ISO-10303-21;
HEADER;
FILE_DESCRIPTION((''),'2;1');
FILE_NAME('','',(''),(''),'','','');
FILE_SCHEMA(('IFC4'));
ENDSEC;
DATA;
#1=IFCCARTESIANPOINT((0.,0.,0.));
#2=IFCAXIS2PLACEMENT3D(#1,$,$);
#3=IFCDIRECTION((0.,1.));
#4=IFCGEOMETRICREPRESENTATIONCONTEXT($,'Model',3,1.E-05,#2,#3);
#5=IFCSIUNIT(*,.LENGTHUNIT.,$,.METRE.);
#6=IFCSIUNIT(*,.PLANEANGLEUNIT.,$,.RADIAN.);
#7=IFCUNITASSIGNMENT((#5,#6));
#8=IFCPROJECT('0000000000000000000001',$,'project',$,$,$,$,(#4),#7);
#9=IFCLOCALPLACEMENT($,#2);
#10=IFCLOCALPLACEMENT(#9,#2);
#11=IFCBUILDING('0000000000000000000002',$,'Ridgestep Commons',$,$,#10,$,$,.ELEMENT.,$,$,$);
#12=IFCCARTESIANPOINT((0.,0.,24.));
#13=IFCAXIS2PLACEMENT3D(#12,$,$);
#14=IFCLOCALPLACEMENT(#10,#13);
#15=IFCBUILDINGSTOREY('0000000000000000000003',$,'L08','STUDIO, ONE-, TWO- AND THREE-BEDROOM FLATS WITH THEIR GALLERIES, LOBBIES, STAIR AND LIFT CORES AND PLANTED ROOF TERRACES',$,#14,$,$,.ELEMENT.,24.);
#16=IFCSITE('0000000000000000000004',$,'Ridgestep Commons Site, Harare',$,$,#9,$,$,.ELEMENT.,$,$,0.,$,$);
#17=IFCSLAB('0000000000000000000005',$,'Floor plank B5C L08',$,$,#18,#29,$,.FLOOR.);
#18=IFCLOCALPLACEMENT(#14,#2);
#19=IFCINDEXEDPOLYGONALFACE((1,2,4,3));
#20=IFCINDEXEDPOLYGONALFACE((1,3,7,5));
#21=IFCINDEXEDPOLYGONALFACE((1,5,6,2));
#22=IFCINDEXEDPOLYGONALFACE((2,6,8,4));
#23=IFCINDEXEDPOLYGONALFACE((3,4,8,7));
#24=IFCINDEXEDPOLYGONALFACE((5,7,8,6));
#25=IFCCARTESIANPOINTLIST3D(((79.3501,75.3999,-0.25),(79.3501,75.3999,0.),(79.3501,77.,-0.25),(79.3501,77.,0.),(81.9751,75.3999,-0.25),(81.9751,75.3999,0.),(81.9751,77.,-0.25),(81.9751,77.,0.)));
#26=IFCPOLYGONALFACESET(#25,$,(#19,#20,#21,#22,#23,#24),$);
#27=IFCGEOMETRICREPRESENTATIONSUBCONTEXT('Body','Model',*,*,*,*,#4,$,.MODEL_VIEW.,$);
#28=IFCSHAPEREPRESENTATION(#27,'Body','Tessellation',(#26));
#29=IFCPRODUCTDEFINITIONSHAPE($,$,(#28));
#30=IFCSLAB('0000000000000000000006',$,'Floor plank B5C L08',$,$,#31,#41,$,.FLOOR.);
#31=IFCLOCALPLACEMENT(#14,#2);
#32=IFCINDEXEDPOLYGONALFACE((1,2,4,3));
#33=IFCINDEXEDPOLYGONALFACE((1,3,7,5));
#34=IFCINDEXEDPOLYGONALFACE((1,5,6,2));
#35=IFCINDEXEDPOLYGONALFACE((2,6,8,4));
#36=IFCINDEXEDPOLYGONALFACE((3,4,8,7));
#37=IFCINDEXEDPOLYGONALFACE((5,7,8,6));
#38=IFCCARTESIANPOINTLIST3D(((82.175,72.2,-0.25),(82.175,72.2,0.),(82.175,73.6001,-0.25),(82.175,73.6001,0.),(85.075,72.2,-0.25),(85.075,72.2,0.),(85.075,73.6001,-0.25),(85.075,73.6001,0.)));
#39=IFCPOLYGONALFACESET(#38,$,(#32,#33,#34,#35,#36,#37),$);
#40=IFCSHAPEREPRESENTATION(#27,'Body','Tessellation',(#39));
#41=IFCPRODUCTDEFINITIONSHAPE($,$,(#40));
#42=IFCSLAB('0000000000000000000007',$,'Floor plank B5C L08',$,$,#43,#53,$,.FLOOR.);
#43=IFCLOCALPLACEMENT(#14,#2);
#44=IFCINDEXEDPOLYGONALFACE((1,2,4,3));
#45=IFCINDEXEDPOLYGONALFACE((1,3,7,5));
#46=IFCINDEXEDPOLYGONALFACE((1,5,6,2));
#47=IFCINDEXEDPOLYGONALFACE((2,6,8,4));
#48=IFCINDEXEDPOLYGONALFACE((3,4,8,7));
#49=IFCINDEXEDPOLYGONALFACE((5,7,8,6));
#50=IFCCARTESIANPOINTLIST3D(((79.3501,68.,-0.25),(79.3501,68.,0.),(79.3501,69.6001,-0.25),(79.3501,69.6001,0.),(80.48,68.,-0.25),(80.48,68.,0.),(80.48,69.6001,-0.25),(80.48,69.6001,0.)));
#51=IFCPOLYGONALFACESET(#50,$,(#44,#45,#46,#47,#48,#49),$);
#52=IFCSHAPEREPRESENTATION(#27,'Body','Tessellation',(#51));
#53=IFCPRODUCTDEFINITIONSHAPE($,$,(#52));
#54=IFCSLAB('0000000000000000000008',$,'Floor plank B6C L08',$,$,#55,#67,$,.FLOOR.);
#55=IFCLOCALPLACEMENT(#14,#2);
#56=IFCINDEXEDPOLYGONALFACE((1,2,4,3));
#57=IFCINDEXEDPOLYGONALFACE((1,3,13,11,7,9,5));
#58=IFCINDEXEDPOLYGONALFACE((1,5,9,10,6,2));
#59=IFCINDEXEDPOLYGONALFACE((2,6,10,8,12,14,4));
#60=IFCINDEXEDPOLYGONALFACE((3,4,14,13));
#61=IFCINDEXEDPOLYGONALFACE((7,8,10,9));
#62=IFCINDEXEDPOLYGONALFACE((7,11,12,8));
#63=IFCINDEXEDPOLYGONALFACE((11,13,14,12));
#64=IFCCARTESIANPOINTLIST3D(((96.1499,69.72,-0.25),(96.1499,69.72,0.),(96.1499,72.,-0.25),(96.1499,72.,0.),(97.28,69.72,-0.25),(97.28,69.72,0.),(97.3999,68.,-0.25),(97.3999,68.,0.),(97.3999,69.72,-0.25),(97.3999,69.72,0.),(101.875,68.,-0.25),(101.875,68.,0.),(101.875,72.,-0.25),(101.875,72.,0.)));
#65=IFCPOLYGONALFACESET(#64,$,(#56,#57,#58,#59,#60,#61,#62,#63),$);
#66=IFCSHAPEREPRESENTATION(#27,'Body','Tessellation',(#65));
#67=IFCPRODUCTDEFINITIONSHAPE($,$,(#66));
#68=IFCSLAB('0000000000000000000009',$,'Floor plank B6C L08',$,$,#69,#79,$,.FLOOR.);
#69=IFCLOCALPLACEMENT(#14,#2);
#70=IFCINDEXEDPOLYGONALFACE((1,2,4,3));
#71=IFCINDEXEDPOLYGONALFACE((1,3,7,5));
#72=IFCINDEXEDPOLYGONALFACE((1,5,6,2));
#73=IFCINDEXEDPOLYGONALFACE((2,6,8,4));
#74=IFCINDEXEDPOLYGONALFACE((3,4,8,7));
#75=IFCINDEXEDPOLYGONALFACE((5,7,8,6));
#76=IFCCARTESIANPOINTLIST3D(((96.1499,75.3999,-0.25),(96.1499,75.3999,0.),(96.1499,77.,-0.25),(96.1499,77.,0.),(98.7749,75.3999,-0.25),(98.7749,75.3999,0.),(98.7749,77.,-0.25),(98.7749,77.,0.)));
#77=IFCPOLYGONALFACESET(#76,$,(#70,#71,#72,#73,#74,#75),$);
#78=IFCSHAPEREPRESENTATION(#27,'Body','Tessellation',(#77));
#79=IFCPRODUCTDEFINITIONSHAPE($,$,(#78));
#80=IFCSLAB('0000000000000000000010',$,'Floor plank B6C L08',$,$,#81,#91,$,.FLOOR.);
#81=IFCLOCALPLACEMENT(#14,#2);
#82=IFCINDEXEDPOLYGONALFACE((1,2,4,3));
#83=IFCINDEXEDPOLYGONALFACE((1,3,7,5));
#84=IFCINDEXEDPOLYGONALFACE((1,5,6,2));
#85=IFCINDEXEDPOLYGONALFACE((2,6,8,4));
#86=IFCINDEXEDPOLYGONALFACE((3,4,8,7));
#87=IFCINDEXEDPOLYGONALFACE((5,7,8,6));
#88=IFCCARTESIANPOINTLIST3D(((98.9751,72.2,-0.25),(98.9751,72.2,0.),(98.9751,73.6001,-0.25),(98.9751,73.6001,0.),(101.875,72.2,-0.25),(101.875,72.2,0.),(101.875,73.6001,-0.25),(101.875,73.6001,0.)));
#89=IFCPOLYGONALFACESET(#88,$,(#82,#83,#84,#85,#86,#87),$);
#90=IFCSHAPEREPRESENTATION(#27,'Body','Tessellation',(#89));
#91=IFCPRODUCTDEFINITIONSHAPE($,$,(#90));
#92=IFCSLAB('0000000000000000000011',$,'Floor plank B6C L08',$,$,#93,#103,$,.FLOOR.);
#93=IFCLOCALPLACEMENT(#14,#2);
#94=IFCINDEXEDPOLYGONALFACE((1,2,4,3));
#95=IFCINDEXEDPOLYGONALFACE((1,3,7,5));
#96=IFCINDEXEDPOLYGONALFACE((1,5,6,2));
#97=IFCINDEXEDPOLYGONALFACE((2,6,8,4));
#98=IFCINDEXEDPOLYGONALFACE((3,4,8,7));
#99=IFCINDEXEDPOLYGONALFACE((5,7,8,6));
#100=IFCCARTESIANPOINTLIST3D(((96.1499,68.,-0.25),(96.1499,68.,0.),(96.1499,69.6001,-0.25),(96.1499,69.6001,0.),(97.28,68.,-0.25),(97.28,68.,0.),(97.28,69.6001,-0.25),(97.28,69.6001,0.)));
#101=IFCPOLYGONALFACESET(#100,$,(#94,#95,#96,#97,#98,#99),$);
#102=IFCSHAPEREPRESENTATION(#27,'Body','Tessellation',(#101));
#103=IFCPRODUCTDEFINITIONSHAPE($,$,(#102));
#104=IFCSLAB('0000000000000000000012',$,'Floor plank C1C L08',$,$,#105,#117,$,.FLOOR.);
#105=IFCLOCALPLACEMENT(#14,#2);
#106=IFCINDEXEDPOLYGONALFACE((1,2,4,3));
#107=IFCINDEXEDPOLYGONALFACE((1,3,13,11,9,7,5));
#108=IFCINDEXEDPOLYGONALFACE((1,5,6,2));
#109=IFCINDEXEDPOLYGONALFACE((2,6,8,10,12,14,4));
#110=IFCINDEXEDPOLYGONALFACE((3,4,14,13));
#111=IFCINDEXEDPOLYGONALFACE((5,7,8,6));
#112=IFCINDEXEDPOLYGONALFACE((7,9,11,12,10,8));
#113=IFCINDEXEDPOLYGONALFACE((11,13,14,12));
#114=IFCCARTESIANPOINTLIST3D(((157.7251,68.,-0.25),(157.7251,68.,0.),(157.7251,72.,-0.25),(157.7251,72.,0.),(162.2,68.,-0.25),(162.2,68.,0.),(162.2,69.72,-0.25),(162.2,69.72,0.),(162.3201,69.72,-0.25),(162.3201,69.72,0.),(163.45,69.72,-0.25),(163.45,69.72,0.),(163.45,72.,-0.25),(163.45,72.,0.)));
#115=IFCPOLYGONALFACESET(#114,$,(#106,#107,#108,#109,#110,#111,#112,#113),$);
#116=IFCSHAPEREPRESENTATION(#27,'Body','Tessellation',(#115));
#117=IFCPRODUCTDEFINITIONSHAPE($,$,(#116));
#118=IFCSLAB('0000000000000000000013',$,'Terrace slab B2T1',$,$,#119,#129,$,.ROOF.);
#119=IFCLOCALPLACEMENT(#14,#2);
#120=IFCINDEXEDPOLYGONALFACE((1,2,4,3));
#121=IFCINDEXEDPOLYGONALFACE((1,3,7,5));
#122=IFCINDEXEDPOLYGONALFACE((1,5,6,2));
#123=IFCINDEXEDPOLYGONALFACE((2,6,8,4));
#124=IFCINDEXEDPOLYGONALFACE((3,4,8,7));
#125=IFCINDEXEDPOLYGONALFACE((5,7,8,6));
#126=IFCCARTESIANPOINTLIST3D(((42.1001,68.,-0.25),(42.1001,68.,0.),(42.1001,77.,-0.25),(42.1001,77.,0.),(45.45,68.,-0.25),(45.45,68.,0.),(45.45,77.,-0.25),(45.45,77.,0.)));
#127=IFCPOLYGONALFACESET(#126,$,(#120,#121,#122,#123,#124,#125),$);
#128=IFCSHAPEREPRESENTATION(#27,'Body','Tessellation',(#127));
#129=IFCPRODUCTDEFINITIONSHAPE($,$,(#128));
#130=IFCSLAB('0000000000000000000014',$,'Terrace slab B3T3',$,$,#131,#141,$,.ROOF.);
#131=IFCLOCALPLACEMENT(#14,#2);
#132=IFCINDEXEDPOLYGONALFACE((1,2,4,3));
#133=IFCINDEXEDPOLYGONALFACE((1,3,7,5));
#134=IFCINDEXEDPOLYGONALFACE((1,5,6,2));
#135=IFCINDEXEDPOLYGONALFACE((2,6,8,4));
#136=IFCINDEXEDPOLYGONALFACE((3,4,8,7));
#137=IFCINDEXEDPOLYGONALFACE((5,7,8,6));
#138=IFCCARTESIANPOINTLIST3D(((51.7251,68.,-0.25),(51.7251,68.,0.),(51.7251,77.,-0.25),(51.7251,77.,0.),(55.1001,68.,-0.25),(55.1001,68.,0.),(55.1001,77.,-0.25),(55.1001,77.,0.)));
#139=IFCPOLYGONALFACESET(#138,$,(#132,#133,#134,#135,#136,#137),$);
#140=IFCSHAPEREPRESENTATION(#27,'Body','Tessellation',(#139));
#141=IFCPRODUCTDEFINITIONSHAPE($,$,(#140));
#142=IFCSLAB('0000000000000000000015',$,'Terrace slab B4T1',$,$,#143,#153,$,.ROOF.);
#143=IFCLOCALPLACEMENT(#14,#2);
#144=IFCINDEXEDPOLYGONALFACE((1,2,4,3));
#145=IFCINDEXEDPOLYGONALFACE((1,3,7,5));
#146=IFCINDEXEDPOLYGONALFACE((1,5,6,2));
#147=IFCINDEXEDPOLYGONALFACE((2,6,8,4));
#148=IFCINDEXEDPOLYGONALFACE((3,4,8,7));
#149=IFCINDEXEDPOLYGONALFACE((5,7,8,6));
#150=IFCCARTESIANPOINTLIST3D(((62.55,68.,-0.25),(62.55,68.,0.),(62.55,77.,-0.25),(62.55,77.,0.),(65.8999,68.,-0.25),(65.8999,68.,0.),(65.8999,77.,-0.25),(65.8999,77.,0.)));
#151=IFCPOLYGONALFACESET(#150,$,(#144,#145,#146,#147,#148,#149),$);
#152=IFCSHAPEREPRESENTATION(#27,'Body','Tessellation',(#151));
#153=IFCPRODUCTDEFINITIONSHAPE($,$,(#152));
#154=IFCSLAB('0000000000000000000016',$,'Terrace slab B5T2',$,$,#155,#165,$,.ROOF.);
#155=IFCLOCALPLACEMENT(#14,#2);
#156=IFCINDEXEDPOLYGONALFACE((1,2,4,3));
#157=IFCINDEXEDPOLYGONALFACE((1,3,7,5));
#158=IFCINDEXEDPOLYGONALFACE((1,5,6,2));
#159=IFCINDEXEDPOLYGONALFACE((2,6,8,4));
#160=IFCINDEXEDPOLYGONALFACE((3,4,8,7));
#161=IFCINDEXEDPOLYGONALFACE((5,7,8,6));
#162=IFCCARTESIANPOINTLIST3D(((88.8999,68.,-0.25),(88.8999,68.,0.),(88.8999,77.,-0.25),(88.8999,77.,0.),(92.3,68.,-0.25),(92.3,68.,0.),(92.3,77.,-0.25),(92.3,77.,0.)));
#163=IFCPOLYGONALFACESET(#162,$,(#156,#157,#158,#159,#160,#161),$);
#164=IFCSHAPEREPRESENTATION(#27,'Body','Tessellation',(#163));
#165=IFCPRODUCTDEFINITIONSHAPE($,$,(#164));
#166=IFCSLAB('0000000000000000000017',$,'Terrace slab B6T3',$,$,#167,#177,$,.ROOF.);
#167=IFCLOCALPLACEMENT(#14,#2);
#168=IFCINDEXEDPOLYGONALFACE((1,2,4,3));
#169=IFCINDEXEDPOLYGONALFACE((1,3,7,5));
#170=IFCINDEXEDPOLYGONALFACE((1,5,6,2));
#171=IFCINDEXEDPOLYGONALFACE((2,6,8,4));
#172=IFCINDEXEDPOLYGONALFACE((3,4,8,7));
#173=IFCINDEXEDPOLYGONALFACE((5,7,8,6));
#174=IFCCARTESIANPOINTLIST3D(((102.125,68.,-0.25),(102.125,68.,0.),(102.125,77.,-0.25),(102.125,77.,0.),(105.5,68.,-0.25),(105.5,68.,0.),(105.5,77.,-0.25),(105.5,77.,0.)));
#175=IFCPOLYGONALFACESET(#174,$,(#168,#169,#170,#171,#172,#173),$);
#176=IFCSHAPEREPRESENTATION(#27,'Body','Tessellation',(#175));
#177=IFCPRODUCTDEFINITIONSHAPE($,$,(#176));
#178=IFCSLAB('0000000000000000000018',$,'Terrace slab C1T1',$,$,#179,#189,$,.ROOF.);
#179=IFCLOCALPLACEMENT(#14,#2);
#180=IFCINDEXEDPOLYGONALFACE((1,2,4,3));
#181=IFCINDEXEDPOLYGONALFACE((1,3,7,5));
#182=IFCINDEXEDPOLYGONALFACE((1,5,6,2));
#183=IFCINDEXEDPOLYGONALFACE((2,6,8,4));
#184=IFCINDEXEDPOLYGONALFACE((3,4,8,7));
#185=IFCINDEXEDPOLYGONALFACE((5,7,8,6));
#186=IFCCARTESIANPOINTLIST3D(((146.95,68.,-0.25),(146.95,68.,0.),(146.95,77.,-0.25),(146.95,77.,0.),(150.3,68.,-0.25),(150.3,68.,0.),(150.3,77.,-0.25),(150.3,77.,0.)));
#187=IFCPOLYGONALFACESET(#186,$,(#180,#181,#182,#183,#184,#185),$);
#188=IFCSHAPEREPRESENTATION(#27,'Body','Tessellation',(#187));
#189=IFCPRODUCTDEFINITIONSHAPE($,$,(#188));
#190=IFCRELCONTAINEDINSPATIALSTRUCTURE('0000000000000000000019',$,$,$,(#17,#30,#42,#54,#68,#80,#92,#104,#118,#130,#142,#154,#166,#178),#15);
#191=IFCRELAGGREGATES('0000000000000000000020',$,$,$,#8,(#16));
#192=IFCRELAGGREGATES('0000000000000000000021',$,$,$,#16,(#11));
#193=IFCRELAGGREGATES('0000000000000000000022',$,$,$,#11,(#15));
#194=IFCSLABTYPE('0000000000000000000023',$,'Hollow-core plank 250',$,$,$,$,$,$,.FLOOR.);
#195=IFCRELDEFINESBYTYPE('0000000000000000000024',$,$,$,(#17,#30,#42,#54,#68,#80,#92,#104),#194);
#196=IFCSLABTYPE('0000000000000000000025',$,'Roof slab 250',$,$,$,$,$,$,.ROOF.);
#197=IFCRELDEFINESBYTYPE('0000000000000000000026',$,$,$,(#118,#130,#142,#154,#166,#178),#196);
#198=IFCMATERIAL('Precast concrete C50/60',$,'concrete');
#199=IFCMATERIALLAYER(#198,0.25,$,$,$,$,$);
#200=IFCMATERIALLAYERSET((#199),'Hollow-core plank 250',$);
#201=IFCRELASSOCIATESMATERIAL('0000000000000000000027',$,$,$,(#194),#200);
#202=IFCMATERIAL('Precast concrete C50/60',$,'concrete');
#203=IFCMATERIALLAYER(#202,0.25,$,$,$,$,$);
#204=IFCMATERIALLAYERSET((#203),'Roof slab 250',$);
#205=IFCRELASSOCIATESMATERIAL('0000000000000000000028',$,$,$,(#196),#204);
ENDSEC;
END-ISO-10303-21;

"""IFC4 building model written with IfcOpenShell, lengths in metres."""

from ifc_helpers import new_model, si_unit, direction, frame, origin, place, context, subcontext, project, spatial, polyline, outline, extrude, material, layer, layer_set, type_object, element, save


model = new_model("IFC4")

# Units and contexts
model_context = context("Model", 3, precision=1e-05, world=origin(), true_north=direction((0.0, 1.0)))
body_context = subcontext(model_context, "Body", "Model", "MODEL_VIEW")
ifc_project = project(units=[si_unit("LENGTHUNIT", "METRE"), si_unit("PLANEANGLEUNIT", "RADIAN")], contexts=[model_context])

# Site, building, storey
site_placement = place(None, origin())
site = spatial("IfcSite", under=ifc_project, at=site_placement, Name="Ridgestep Commons Site, Harare", CompositionType="ELEMENT", RefElevation=0.0)
building_placement = place(site_placement, origin())
building = spatial("IfcBuilding", under=site, at=building_placement, Name="Ridgestep Commons", CompositionType="ELEMENT")
storey_placement = place(building_placement, frame((0.0, 0.0, 24.0)))
storey = spatial("IfcBuildingStorey", under=building, at=storey_placement, Name="L08", Description="STUDIO, ONE-, TWO- AND THREE-BEDROOM FLATS WITH THEIR GALLERIES, LOBBIES, STAIR AND LIFT CORES AND PLANTED ROOF TERRACES", CompositionType="ELEMENT", Elevation=24.0)

# Slabs
ifc_material_1 = material(Name="Precast concrete C50/60", Category="concrete")
ifc_layer_1 = layer(ifc_material_1, 0.25)
ifc_layer_set_1 = layer_set([ifc_layer_1], Name="Hollow-core plank 250")
slab_type_1 = type_object("IfcSlabType", Name="Hollow-core plank 250", PredefinedType="FLOOR", material=ifc_layer_set_1)
slab_1_placement = place(storey_placement, frame((0.0, 0.0, -0.25)))
element("IfcSlab", 1, at=slab_1_placement, inside=storey, type_object=slab_type_1, Name="Floor plank B5C L08", PredefinedType="FLOOR", context=body_context, shape_type="SweptSolid", body=[
    extrude(outline(polyline([(81.9751, 77.0), (79.3501, 77.0), (79.3501, 75.3999), (81.9751, 75.3999), (81.9751, 77.0)])), origin(), (0.0, 0.0, 1.0), 0.25),
])
slab_2_placement = place(storey_placement, frame((0.0, 0.0, -0.25)))
element("IfcSlab", 2, at=slab_2_placement, inside=storey, type_object=slab_type_1, Name="Floor plank B5C L08", PredefinedType="FLOOR", context=body_context, shape_type="SweptSolid", body=[
    extrude(outline(polyline([(85.075, 72.2), (85.075, 73.6001), (82.175, 73.6001), (82.175, 72.2), (85.075, 72.2)])), origin(), (0.0, 0.0, 1.0), 0.25),
])
slab_3_placement = place(storey_placement, frame((0.0, 0.0, -0.25)))
element("IfcSlab", 3, at=slab_3_placement, inside=storey, type_object=slab_type_1, Name="Floor plank B5C L08", PredefinedType="FLOOR", context=body_context, shape_type="SweptSolid", body=[
    extrude(outline(polyline([(80.48, 69.6001), (79.3501, 69.6001), (79.3501, 68.0), (80.48, 68.0), (80.48, 69.6001)])), origin(), (0.0, 0.0, 1.0), 0.25),
])
slab_4_placement = place(storey_placement, frame((0.0, 0.0, -0.25)))
element("IfcSlab", 4, at=slab_4_placement, inside=storey, type_object=slab_type_1, Name="Floor plank B6C L08", PredefinedType="FLOOR", context=body_context, shape_type="SweptSolid", body=[
    extrude(outline(polyline([(97.3999, 68.0), (101.875, 68.0), (101.875, 72.0), (96.1499, 72.0), (96.1499, 69.72), (97.28, 69.72), (97.3999, 69.72), (97.3999, 68.0)])), origin(), (0.0, 0.0, 1.0), 0.25),
])
slab_5_placement = place(storey_placement, frame((0.0, 0.0, -0.25)))
element("IfcSlab", 5, at=slab_5_placement, inside=storey, type_object=slab_type_1, Name="Floor plank B6C L08", PredefinedType="FLOOR", context=body_context, shape_type="SweptSolid", body=[
    extrude(outline(polyline([(98.7749, 77.0), (96.1499, 77.0), (96.1499, 75.3999), (98.7749, 75.3999), (98.7749, 77.0)])), origin(), (0.0, 0.0, 1.0), 0.25),
])
slab_6_placement = place(storey_placement, frame((0.0, 0.0, -0.25)))
element("IfcSlab", 6, at=slab_6_placement, inside=storey, type_object=slab_type_1, Name="Floor plank B6C L08", PredefinedType="FLOOR", context=body_context, shape_type="SweptSolid", body=[
    extrude(outline(polyline([(101.875, 72.2), (101.875, 73.6001), (98.9751, 73.6001), (98.9751, 72.2), (101.875, 72.2)])), origin(), (0.0, 0.0, 1.0), 0.25),
])
slab_7_placement = place(storey_placement, frame((0.0, 0.0, -0.25)))
element("IfcSlab", 7, at=slab_7_placement, inside=storey, type_object=slab_type_1, Name="Floor plank B6C L08", PredefinedType="FLOOR", context=body_context, shape_type="SweptSolid", body=[
    extrude(outline(polyline([(97.28, 69.6001), (96.1499, 69.6001), (96.1499, 68.0), (97.28, 68.0), (97.28, 69.6001)])), origin(), (0.0, 0.0, 1.0), 0.25),
])
slab_8_placement = place(storey_placement, frame((0.0, 0.0, -0.25)))
element("IfcSlab", 8, at=slab_8_placement, inside=storey, type_object=slab_type_1, Name="Floor plank C1C L08", PredefinedType="FLOOR", context=body_context, shape_type="SweptSolid", body=[
    extrude(outline(polyline([(162.3201, 69.72), (163.45, 69.72), (163.45, 72.0), (157.7251, 72.0), (157.7251, 68.0), (162.2, 68.0), (162.2, 69.72), (162.3201, 69.72)])), origin(), (0.0, 0.0, 1.0), 0.25),
])
ifc_material_2 = material(Name="Precast concrete C50/60", Category="concrete")
ifc_layer_2 = layer(ifc_material_2, 0.25)
ifc_layer_set_2 = layer_set([ifc_layer_2], Name="Roof slab 250")
slab_type_2 = type_object("IfcSlabType", Name="Roof slab 250", PredefinedType="ROOF", material=ifc_layer_set_2)
slab_9_placement = place(storey_placement, frame((0.0, 0.0, -0.25)))
element("IfcSlab", 9, at=slab_9_placement, inside=storey, type_object=slab_type_2, Name="Terrace slab B2T1", PredefinedType="ROOF", context=body_context, shape_type="SweptSolid", body=[
    extrude(outline(polyline([(45.45, 68.0), (45.45, 77.0), (42.1001, 77.0), (42.1001, 68.0), (45.45, 68.0)])), origin(), (0.0, 0.0, 1.0), 0.25),
])
slab_10_placement = place(storey_placement, frame((0.0, 0.0, -0.25)))
element("IfcSlab", 10, at=slab_10_placement, inside=storey, type_object=slab_type_2, Name="Terrace slab B3T3", PredefinedType="ROOF", context=body_context, shape_type="SweptSolid", body=[
    extrude(outline(polyline([(55.1001, 68.0), (55.1001, 77.0), (51.7251, 77.0), (51.7251, 68.0), (55.1001, 68.0)])), origin(), (0.0, 0.0, 1.0), 0.25),
])
slab_11_placement = place(storey_placement, frame((0.0, 0.0, -0.25)))
element("IfcSlab", 11, at=slab_11_placement, inside=storey, type_object=slab_type_2, Name="Terrace slab B4T1", PredefinedType="ROOF", context=body_context, shape_type="SweptSolid", body=[
    extrude(outline(polyline([(65.8999, 68.0), (65.8999, 77.0), (62.55, 77.0), (62.55, 68.0), (65.8999, 68.0)])), origin(), (0.0, 0.0, 1.0), 0.25),
])
slab_12_placement = place(storey_placement, frame((0.0, 0.0, -0.25)))
element("IfcSlab", 12, at=slab_12_placement, inside=storey, type_object=slab_type_2, Name="Terrace slab B5T2", PredefinedType="ROOF", context=body_context, shape_type="SweptSolid", body=[
    extrude(outline(polyline([(92.3, 68.0), (92.3, 77.0), (88.8999, 77.0), (88.8999, 68.0), (92.3, 68.0)])), origin(), (0.0, 0.0, 1.0), 0.25),
])
slab_13_placement = place(storey_placement, frame((0.0, 0.0, -0.25)))
element("IfcSlab", 13, at=slab_13_placement, inside=storey, type_object=slab_type_2, Name="Terrace slab B6T3", PredefinedType="ROOF", context=body_context, shape_type="SweptSolid", body=[
    extrude(outline(polyline([(105.5, 68.0), (105.5, 77.0), (102.125, 77.0), (102.125, 68.0), (105.5, 68.0)])), origin(), (0.0, 0.0, 1.0), 0.25),
])
slab_14_placement = place(storey_placement, frame((0.0, 0.0, -0.25)))
element("IfcSlab", 14, at=slab_14_placement, inside=storey, type_object=slab_type_2, Name="Terrace slab C1T1", PredefinedType="ROOF", context=body_context, shape_type="SweptSolid", body=[
    extrude(outline(polyline([(150.3, 68.0), (150.3, 77.0), (146.95, 77.0), (146.95, 68.0), (150.3, 68.0)])), origin(), (0.0, 0.0, 1.0), 0.25),
])

save(model, "model.ifc")
